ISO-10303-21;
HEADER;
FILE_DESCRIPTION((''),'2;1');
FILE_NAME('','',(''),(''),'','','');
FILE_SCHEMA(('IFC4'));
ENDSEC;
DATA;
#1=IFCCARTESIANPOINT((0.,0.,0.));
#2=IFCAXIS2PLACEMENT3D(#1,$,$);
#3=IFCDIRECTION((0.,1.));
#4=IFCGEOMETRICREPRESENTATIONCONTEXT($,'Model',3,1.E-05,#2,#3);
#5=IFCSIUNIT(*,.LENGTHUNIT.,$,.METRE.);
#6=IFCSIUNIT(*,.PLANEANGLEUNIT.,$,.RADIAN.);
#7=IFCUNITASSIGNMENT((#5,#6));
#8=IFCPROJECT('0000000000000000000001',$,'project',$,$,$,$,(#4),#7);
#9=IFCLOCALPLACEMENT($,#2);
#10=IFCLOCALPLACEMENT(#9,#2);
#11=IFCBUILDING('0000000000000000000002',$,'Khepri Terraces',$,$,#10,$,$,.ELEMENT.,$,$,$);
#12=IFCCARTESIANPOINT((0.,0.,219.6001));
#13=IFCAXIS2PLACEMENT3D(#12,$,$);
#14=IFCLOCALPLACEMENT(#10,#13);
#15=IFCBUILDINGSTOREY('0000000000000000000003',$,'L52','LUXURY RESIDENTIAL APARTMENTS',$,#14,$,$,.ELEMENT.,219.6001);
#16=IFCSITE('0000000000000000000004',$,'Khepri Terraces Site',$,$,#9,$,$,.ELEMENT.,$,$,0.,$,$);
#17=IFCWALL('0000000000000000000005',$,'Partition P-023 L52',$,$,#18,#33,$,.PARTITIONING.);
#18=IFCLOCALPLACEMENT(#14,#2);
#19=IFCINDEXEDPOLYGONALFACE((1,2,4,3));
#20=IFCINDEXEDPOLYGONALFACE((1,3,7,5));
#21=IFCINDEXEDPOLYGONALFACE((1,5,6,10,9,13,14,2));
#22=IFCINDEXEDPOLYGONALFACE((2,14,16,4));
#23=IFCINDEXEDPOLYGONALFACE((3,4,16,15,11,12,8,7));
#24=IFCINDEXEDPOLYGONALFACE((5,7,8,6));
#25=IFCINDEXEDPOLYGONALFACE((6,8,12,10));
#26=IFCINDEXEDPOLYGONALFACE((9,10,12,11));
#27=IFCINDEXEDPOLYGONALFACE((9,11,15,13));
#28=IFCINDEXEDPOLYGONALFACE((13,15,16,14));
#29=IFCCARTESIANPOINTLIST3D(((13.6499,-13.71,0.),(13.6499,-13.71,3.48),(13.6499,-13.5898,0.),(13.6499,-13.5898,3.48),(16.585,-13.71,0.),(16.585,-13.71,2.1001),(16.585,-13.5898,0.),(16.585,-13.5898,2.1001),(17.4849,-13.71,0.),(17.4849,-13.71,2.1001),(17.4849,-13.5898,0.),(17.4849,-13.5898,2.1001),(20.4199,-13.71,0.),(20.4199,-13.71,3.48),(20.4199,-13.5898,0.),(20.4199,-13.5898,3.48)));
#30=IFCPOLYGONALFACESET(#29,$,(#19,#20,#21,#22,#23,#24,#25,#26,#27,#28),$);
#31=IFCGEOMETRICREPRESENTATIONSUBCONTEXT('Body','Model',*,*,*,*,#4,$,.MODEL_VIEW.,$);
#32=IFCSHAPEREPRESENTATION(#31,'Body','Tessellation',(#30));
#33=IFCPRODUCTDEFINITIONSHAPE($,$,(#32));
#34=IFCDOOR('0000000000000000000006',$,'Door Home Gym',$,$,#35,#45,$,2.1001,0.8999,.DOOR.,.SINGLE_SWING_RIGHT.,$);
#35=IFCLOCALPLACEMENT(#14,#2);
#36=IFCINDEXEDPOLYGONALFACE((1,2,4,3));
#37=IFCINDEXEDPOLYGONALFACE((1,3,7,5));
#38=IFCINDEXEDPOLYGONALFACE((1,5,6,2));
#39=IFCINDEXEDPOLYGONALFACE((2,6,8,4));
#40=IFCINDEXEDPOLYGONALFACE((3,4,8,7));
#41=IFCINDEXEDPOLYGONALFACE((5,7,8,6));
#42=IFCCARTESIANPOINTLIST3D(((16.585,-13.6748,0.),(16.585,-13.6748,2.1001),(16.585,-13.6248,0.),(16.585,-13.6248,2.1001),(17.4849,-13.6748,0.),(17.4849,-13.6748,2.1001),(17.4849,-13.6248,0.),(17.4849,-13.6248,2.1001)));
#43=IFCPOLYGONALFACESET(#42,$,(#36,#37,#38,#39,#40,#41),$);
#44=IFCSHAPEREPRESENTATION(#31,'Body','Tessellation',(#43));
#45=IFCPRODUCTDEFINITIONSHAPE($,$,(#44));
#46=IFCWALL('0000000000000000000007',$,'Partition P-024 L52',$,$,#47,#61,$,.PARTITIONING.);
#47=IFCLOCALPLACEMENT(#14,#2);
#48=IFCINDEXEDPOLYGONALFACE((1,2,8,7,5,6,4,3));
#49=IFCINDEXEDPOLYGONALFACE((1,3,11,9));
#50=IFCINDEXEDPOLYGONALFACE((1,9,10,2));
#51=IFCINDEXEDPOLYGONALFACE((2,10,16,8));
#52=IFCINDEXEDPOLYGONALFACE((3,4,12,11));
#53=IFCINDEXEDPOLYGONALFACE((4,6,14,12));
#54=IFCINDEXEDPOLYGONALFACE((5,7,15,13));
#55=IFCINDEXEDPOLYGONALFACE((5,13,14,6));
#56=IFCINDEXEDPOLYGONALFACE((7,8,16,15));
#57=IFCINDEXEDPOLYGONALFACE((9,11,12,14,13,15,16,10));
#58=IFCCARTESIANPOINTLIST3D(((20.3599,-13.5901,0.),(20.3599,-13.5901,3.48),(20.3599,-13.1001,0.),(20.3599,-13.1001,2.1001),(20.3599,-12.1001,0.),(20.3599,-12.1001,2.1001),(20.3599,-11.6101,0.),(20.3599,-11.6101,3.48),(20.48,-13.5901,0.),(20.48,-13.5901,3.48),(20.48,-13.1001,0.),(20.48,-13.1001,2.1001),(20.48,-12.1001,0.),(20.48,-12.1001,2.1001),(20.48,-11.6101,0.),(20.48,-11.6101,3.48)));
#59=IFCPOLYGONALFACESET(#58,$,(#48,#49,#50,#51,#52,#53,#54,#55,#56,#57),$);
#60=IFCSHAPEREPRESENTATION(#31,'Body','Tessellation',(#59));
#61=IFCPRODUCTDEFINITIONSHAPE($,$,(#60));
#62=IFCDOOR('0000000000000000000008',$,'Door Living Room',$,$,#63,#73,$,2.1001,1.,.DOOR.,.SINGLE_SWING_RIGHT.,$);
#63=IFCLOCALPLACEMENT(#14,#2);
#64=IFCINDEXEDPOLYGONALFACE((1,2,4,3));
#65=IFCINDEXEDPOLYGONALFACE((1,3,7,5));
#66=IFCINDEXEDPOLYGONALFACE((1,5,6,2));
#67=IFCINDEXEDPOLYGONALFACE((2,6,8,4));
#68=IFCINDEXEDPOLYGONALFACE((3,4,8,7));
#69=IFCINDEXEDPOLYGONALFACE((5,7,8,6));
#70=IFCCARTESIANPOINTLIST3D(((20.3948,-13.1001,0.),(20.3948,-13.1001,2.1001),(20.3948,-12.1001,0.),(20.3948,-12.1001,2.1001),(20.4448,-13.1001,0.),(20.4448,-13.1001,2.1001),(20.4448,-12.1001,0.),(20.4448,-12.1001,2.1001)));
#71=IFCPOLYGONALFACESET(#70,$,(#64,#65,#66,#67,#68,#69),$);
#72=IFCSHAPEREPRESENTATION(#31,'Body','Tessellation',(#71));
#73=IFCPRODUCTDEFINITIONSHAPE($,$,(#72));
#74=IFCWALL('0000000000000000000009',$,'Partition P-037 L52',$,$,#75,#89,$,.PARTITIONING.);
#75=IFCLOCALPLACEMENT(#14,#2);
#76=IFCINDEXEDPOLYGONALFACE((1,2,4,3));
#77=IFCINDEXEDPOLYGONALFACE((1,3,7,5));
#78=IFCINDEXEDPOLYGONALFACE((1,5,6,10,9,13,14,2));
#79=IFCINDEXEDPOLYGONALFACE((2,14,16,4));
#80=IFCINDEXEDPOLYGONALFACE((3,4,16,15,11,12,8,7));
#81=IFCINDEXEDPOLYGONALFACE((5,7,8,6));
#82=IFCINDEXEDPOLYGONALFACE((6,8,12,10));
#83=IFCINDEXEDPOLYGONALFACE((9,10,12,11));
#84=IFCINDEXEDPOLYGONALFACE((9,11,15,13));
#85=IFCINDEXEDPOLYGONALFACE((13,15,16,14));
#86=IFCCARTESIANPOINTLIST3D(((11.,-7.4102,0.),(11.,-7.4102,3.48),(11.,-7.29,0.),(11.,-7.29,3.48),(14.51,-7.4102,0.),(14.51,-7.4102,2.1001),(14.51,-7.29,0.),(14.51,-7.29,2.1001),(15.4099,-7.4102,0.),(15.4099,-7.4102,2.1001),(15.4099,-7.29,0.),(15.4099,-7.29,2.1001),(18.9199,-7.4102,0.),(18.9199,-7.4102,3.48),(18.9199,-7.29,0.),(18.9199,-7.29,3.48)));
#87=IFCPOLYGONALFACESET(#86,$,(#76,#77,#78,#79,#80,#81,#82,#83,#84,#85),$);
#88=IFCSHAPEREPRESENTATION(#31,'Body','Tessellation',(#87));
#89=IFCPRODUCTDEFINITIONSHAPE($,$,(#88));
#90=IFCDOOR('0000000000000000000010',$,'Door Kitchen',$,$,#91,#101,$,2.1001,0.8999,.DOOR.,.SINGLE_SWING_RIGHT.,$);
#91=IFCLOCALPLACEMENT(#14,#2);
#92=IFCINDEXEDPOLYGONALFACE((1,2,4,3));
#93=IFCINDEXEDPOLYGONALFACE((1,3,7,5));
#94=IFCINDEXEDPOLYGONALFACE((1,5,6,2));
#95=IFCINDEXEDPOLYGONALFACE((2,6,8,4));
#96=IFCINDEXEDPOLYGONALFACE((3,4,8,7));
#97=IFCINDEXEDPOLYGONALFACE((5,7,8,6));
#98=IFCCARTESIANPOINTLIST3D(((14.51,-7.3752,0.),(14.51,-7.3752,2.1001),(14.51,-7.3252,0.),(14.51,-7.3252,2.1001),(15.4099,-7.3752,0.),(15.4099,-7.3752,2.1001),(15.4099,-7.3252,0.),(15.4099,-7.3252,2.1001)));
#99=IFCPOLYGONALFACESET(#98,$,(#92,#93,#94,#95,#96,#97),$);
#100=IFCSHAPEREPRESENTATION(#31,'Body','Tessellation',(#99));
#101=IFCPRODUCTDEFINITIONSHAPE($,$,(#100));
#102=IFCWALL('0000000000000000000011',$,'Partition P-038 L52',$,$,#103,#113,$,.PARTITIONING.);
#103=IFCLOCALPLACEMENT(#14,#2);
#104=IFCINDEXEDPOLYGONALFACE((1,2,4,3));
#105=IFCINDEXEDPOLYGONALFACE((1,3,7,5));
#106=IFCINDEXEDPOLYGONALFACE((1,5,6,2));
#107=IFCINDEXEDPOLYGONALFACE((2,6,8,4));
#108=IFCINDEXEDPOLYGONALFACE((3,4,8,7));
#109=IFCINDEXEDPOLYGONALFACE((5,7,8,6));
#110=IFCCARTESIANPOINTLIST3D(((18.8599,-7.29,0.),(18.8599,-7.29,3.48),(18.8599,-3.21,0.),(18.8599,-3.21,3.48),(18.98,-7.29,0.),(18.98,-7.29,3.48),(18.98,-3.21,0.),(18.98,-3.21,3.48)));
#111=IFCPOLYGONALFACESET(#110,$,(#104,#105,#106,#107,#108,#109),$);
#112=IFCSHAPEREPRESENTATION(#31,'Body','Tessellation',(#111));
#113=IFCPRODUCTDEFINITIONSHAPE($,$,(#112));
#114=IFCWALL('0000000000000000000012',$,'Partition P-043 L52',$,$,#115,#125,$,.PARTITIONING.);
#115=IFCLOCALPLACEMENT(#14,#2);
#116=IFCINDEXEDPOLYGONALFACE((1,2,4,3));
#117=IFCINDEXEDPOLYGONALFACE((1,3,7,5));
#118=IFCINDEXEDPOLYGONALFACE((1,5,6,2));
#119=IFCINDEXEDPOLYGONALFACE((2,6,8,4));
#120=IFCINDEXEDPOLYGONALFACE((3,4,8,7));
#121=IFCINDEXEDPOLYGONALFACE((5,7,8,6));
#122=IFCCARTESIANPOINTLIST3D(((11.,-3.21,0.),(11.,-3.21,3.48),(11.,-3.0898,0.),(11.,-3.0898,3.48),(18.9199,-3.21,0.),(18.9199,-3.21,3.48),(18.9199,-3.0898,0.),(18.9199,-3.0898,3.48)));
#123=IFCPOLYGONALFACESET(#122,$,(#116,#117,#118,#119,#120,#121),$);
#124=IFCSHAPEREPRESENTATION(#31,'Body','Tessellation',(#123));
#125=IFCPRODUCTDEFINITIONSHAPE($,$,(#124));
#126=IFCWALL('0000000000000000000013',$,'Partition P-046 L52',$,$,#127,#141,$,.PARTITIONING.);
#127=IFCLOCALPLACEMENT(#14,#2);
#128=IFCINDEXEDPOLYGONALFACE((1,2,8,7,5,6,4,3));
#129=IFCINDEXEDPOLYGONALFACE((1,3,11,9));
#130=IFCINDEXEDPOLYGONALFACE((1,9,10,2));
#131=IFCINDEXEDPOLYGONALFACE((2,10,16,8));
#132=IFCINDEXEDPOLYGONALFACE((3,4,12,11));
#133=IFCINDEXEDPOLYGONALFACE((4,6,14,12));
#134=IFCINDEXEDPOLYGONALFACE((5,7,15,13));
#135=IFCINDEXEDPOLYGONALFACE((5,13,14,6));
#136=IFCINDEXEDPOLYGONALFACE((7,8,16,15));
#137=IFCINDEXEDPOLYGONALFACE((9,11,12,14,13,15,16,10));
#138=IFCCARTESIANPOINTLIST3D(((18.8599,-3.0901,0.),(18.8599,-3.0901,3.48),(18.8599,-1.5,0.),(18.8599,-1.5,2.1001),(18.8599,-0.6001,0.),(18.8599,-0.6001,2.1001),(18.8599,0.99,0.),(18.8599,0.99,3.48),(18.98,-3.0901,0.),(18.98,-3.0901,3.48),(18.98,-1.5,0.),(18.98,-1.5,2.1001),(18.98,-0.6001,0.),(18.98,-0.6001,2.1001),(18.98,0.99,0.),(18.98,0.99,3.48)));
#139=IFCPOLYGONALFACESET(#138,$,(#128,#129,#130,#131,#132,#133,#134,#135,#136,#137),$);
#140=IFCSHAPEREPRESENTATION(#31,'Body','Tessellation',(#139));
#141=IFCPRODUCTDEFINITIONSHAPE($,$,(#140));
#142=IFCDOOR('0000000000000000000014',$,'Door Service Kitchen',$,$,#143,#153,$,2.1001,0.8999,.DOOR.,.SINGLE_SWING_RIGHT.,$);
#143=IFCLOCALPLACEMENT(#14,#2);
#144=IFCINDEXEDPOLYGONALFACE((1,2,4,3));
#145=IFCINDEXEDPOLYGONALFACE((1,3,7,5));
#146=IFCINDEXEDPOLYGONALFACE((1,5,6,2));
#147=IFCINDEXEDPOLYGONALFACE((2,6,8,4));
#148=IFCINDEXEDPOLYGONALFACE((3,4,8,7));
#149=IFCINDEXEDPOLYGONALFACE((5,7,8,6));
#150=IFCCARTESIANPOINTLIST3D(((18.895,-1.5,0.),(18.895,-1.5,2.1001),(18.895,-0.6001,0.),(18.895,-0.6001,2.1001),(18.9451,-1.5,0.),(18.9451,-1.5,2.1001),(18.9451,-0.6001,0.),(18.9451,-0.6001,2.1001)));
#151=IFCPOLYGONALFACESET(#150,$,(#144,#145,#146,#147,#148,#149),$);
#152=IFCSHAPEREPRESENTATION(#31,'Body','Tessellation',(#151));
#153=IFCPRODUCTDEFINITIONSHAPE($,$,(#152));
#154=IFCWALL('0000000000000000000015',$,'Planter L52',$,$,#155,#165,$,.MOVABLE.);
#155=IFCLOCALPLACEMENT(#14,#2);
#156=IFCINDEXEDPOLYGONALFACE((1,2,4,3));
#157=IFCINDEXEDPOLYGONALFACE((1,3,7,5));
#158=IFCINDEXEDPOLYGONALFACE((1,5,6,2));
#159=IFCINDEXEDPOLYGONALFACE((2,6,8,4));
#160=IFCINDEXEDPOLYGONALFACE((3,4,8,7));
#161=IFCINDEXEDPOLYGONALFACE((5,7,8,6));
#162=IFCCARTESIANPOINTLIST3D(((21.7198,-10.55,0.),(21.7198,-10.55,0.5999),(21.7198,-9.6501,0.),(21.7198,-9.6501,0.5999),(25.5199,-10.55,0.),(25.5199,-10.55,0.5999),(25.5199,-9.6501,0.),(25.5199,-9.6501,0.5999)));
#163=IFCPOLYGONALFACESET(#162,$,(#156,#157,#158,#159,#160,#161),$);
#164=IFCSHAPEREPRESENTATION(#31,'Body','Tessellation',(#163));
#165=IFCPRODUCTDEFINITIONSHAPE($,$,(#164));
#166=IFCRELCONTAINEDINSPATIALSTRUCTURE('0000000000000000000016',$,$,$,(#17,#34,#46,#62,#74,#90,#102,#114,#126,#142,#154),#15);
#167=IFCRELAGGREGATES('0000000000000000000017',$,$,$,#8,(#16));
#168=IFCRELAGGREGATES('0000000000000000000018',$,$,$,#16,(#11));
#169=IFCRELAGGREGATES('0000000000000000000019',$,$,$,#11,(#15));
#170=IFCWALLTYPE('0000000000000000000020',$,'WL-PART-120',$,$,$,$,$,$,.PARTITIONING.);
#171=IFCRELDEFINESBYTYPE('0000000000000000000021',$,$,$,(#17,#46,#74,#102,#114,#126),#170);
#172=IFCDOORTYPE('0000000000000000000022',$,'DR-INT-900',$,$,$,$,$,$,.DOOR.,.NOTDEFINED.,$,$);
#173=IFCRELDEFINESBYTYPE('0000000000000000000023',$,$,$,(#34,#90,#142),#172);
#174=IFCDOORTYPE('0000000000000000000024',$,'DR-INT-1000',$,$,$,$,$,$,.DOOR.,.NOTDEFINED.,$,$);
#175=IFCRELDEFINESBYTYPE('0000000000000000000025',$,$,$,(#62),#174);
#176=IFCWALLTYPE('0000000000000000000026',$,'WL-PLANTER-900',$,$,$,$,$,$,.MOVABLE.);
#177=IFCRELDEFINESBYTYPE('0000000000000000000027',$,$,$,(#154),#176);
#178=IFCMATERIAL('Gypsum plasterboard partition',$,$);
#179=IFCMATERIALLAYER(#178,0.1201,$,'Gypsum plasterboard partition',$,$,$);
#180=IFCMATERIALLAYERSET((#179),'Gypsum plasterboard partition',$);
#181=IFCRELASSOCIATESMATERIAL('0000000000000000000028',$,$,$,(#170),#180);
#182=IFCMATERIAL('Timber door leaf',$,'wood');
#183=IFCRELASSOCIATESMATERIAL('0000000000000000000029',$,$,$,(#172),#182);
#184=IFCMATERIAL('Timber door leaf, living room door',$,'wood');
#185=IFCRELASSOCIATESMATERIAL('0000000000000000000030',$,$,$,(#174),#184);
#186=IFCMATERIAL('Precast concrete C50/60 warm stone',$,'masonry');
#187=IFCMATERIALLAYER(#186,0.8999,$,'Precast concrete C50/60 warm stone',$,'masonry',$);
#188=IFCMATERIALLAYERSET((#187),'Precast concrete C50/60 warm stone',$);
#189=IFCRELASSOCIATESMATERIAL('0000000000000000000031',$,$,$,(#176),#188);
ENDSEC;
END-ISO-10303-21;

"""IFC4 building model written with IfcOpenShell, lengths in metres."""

from ifc_helpers import new_model, si_unit, direction, frame, frame_2d, origin, place, context, subcontext, project, spatial, rectangle, extrude, material, layer, layer_set, type_object, element, fill, save


model = new_model("IFC4")

# Units and contexts
model_context = context("Model", 3, precision=1e-05, world=origin(), true_north=direction((0.0, 1.0)))
body_context = subcontext(model_context, "Body", "Model", "MODEL_VIEW")
ifc_project = project(units=[si_unit("LENGTHUNIT", "METRE"), si_unit("PLANEANGLEUNIT", "RADIAN")], contexts=[model_context])

# Site, building, storey
site_placement = place(None, origin())
site = spatial("IfcSite", under=ifc_project, at=site_placement, Name="Khepri Terraces Site", CompositionType="ELEMENT", RefElevation=0.0)
building_placement = place(site_placement, origin())
building = spatial("IfcBuilding", under=site, at=building_placement, Name="Khepri Terraces", CompositionType="ELEMENT")
storey_placement = place(building_placement, frame((0.0, 0.0, 219.6001)))
storey = spatial("IfcBuildingStorey", under=building, at=storey_placement, Name="L52", Description="LUXURY RESIDENTIAL APARTMENTS", CompositionType="ELEMENT", Elevation=219.6001)

# Shared definitions
ifc_material_1 = material(Name="Precast concrete C50/60 warm stone", Category="masonry")

# Walls, openings, doors
ifc_material_2 = material(Name="Gypsum plasterboard partition")
ifc_layer_1 = layer(ifc_material_2, 0.1201, Name="Gypsum plasterboard partition")
ifc_layer_set_1 = layer_set([ifc_layer_1], Name="Gypsum plasterboard partition")
wall_type_1 = type_object("IfcWallType", Name="WL-PART-120", PredefinedType="PARTITIONING", material=ifc_layer_set_1)
wall_1_placement = place(storey_placement, frame((13.6499, -13.6499, 0.0), z_axis=(0.0, 0.0, 1.0), x_axis=(1.0, 0.0, 0.0)))
wall_1 = element("IfcWall", 1, at=wall_1_placement, inside=storey, type_object=wall_type_1, Name="Partition P-023 L52", PredefinedType="PARTITIONING", context=body_context, shape_type="SweptSolid", body=[
    extrude(rectangle(XDim=6.77, YDim=0.1201, at=frame_2d((3.385, 0.0))), origin(), (0.0, 0.0, 1.0), 3.48),
])
opening_1_placement = place(wall_1_placement, frame((2.9351, 0.0, 0.0)))
opening_1 = element("IfcOpeningElement", 2, at=opening_1_placement, cuts=wall_1, PredefinedType="OPENING", context=body_context, shape_type="SweptSolid", body=[
    extrude(rectangle(XDim=0.8999, YDim=2.1001, at=frame_2d((0.45, 1.05))), frame((0.0, 0.0701, 0.0), z_axis=(0.0, -1.0, 0.0), x_axis=(1.0, 0.0, 0.0)), (0.0, 0.0, 1.0), 0.1401),
])
ifc_material_3 = material(Name="Timber door leaf", Category="wood")
door_type_1 = type_object("IfcDoorType", Name="DR-INT-900", OperationType="NOTDEFINED", PredefinedType="DOOR", material=ifc_material_3)
door_1_placement = place(opening_1_placement, frame((0.8999, 0.0, 0.0), z_axis=(0.0, 0.0, 1.0), x_axis=(-1.0, 0.0, 0.0)))
door_1 = element("IfcDoor", 3, at=door_1_placement, inside=storey, type_object=door_type_1, Name="Door Home Gym", OperationType="SINGLE_SWING_RIGHT", OverallHeight=2.1001, OverallWidth=0.8999, PredefinedType="DOOR", context=body_context, shape_type="SweptSolid", body=[
    extrude(rectangle(XDim=0.8999, YDim=2.1001, at=frame_2d((0.45, 1.05))), frame((0.0, 0.0249, 0.0), z_axis=(0.0, -1.0, 0.0), x_axis=(1.0, 0.0, 0.0)), (0.0, 0.0, 1.0), 0.05),
])
fill(opening_1, door_1)
wall_2_placement = place(storey_placement, frame((20.4199, -13.5901, 0.0), z_axis=(0.0, 0.0, 1.0), x_axis=(0.0, 1.0, 0.0)))
wall_2 = element("IfcWall", 4, at=wall_2_placement, inside=storey, type_object=wall_type_1, Name="Partition P-024 L52", PredefinedType="PARTITIONING", context=body_context, shape_type="SweptSolid", body=[
    extrude(rectangle(XDim=1.98, YDim=0.1201, at=frame_2d((0.99, 0.0))), origin(), (0.0, 0.0, 1.0), 3.48),
])
opening_2_placement = place(wall_2_placement, frame((0.49, 0.0, 0.0)))
opening_2 = element("IfcOpeningElement", 5, at=opening_2_placement, cuts=wall_2, PredefinedType="OPENING", context=body_context, shape_type="SweptSolid", body=[
    extrude(rectangle(XDim=1.0, YDim=2.1001, at=frame_2d((0.5, 1.05))), frame((0.0, 0.0701, 0.0), z_axis=(0.0, -1.0, 0.0), x_axis=(1.0, 0.0, 0.0)), (0.0, 0.0, 1.0), 0.1401),
])
ifc_material_4 = material(Name="Timber door leaf, living room door", Category="wood")
door_type_2 = type_object("IfcDoorType", Name="DR-INT-1000", OperationType="NOTDEFINED", PredefinedType="DOOR", material=ifc_material_4)
door_2_placement = place(opening_2_placement, frame((1.0, 0.0, 0.0), z_axis=(0.0, 0.0, 1.0), x_axis=(-1.0, 0.0, 0.0)))
door_2 = element("IfcDoor", 6, at=door_2_placement, inside=storey, type_object=door_type_2, Name="Door Living Room", OperationType="SINGLE_SWING_RIGHT", OverallHeight=2.1001, OverallWidth=1.0, PredefinedType="DOOR", context=body_context, shape_type="SweptSolid", body=[
    extrude(rectangle(XDim=1.0, YDim=2.1001, at=frame_2d((0.5, 1.05))), frame((0.0, 0.0249, 0.0), z_axis=(0.0, -1.0, 0.0), x_axis=(1.0, 0.0, 0.0)), (0.0, 0.0, 1.0), 0.05),
])
fill(opening_2, door_2)
wall_3_placement = place(storey_placement, frame((11.0, -7.3501, 0.0), z_axis=(0.0, 0.0, 1.0), x_axis=(1.0, 0.0, 0.0)))
wall_3 = element("IfcWall", 7, at=wall_3_placement, inside=storey, type_object=wall_type_1, Name="Partition P-037 L52", PredefinedType="PARTITIONING", context=body_context, shape_type="SweptSolid", body=[
    extrude(rectangle(XDim=7.9199, YDim=0.1201, at=frame_2d((3.96, 0.0))), origin(), (0.0, 0.0, 1.0), 3.48),
])
opening_3_placement = place(wall_3_placement, frame((3.51, 0.0, 0.0)))
opening_3 = element("IfcOpeningElement", 8, at=opening_3_placement, cuts=wall_3, PredefinedType="OPENING", context=body_context, shape_type="SweptSolid", body=[
    extrude(rectangle(XDim=0.8999, YDim=2.1001, at=frame_2d((0.45, 1.05))), frame((0.0, 0.0701, 0.0), z_axis=(0.0, -1.0, 0.0), x_axis=(1.0, 0.0, 0.0)), (0.0, 0.0, 1.0), 0.1401),
])
door_3_placement = place(opening_3_placement, origin())
door_3 = element("IfcDoor", 9, at=door_3_placement, inside=storey, type_object=door_type_1, Name="Door Kitchen", OperationType="SINGLE_SWING_RIGHT", OverallHeight=2.1001, OverallWidth=0.8999, PredefinedType="DOOR", context=body_context, shape_type="SweptSolid", body=[
    extrude(rectangle(XDim=0.8999, YDim=2.1001, at=frame_2d((0.45, 1.05))), frame((0.0, 0.0249, 0.0), z_axis=(0.0, -1.0, 0.0), x_axis=(1.0, 0.0, 0.0)), (0.0, 0.0, 1.0), 0.05),
])
fill(opening_3, door_3)

# Walls
wall_4_placement = place(storey_placement, frame((18.9199, -7.29, 0.0), z_axis=(0.0, 0.0, 1.0), x_axis=(0.0, 1.0, 0.0)))
element("IfcWall", 10, at=wall_4_placement, inside=storey, type_object=wall_type_1, Name="Partition P-038 L52", PredefinedType="PARTITIONING", context=body_context, shape_type="SweptSolid", body=[
    extrude(rectangle(XDim=4.0801, YDim=0.1201, at=frame_2d((2.04, 0.0))), origin(), (0.0, 0.0, 1.0), 3.48),
])
wall_5_placement = place(storey_placement, frame((11.0, -3.1499, 0.0), z_axis=(0.0, 0.0, 1.0), x_axis=(1.0, 0.0, 0.0)))
element("IfcWall", 11, at=wall_5_placement, inside=storey, type_object=wall_type_1, Name="Partition P-043 L52", PredefinedType="PARTITIONING", context=body_context, shape_type="SweptSolid", body=[
    extrude(rectangle(XDim=7.9199, YDim=0.1201, at=frame_2d((3.96, 0.0))), origin(), (0.0, 0.0, 1.0), 3.48),
])

# Wall, opening, door
wall_6_placement = place(storey_placement, frame((18.9199, -3.0901, 0.0), z_axis=(0.0, 0.0, 1.0), x_axis=(0.0, 1.0, 0.0)))
wall_6 = element("IfcWall", 12, at=wall_6_placement, inside=storey, type_object=wall_type_1, Name="Partition P-046 L52", PredefinedType="PARTITIONING", context=body_context, shape_type="SweptSolid", body=[
    extrude(rectangle(XDim=4.0801, YDim=0.1201, at=frame_2d((2.04, 0.0))), origin(), (0.0, 0.0, 1.0), 3.48),
])
opening_4_placement = place(wall_6_placement, frame((1.5901, 0.0, 0.0)))
opening_4 = element("IfcOpeningElement", 13, at=opening_4_placement, cuts=wall_6, PredefinedType="OPENING", context=body_context, shape_type="SweptSolid", body=[
    extrude(rectangle(XDim=0.8999, YDim=2.1001, at=frame_2d((0.45, 1.05))), frame((0.0, 0.0701, 0.0), z_axis=(0.0, -1.0, 0.0), x_axis=(1.0, 0.0, 0.0)), (0.0, 0.0, 1.0), 0.1401),
])
door_4_placement = place(opening_4_placement, origin())
door_4 = element("IfcDoor", 14, at=door_4_placement, inside=storey, type_object=door_type_1, Name="Door Service Kitchen", OperationType="SINGLE_SWING_RIGHT", OverallHeight=2.1001, OverallWidth=0.8999, PredefinedType="DOOR", context=body_context, shape_type="SweptSolid", body=[
    extrude(rectangle(XDim=0.8999, YDim=2.1001, at=frame_2d((0.45, 1.05))), frame((0.0, 0.0249, 0.0), z_axis=(0.0, -1.0, 0.0), x_axis=(1.0, 0.0, 0.0)), (0.0, 0.0, 1.0), 0.05),
])
fill(opening_4, door_4)

# Wall
ifc_layer_2 = layer(ifc_material_1, 0.8999, Name="Precast concrete C50/60 warm stone", Category="masonry")
ifc_layer_set_2 = layer_set([ifc_layer_2], Name="Precast concrete C50/60 warm stone")
wall_type_2 = type_object("IfcWallType", Name="WL-PLANTER-900", PredefinedType="MOVABLE", material=ifc_layer_set_2)
wall_7_placement = place(storey_placement, frame((21.72, -10.1001, 0.0), z_axis=(0.0, 0.0, 1.0), x_axis=(1.0, 0.0, 0.0)))
element("IfcWall", 15, at=wall_7_placement, inside=storey, type_object=wall_type_2, Name="Planter L52", PredefinedType="MOVABLE", context=body_context, shape_type="SweptSolid", body=[
    extrude(rectangle(XDim=3.8, YDim=0.8999, at=frame_2d((1.8999, 0.0))), origin(), (0.0, 0.0, 1.0), 0.5999),
])

save(model, "model.ifc")
